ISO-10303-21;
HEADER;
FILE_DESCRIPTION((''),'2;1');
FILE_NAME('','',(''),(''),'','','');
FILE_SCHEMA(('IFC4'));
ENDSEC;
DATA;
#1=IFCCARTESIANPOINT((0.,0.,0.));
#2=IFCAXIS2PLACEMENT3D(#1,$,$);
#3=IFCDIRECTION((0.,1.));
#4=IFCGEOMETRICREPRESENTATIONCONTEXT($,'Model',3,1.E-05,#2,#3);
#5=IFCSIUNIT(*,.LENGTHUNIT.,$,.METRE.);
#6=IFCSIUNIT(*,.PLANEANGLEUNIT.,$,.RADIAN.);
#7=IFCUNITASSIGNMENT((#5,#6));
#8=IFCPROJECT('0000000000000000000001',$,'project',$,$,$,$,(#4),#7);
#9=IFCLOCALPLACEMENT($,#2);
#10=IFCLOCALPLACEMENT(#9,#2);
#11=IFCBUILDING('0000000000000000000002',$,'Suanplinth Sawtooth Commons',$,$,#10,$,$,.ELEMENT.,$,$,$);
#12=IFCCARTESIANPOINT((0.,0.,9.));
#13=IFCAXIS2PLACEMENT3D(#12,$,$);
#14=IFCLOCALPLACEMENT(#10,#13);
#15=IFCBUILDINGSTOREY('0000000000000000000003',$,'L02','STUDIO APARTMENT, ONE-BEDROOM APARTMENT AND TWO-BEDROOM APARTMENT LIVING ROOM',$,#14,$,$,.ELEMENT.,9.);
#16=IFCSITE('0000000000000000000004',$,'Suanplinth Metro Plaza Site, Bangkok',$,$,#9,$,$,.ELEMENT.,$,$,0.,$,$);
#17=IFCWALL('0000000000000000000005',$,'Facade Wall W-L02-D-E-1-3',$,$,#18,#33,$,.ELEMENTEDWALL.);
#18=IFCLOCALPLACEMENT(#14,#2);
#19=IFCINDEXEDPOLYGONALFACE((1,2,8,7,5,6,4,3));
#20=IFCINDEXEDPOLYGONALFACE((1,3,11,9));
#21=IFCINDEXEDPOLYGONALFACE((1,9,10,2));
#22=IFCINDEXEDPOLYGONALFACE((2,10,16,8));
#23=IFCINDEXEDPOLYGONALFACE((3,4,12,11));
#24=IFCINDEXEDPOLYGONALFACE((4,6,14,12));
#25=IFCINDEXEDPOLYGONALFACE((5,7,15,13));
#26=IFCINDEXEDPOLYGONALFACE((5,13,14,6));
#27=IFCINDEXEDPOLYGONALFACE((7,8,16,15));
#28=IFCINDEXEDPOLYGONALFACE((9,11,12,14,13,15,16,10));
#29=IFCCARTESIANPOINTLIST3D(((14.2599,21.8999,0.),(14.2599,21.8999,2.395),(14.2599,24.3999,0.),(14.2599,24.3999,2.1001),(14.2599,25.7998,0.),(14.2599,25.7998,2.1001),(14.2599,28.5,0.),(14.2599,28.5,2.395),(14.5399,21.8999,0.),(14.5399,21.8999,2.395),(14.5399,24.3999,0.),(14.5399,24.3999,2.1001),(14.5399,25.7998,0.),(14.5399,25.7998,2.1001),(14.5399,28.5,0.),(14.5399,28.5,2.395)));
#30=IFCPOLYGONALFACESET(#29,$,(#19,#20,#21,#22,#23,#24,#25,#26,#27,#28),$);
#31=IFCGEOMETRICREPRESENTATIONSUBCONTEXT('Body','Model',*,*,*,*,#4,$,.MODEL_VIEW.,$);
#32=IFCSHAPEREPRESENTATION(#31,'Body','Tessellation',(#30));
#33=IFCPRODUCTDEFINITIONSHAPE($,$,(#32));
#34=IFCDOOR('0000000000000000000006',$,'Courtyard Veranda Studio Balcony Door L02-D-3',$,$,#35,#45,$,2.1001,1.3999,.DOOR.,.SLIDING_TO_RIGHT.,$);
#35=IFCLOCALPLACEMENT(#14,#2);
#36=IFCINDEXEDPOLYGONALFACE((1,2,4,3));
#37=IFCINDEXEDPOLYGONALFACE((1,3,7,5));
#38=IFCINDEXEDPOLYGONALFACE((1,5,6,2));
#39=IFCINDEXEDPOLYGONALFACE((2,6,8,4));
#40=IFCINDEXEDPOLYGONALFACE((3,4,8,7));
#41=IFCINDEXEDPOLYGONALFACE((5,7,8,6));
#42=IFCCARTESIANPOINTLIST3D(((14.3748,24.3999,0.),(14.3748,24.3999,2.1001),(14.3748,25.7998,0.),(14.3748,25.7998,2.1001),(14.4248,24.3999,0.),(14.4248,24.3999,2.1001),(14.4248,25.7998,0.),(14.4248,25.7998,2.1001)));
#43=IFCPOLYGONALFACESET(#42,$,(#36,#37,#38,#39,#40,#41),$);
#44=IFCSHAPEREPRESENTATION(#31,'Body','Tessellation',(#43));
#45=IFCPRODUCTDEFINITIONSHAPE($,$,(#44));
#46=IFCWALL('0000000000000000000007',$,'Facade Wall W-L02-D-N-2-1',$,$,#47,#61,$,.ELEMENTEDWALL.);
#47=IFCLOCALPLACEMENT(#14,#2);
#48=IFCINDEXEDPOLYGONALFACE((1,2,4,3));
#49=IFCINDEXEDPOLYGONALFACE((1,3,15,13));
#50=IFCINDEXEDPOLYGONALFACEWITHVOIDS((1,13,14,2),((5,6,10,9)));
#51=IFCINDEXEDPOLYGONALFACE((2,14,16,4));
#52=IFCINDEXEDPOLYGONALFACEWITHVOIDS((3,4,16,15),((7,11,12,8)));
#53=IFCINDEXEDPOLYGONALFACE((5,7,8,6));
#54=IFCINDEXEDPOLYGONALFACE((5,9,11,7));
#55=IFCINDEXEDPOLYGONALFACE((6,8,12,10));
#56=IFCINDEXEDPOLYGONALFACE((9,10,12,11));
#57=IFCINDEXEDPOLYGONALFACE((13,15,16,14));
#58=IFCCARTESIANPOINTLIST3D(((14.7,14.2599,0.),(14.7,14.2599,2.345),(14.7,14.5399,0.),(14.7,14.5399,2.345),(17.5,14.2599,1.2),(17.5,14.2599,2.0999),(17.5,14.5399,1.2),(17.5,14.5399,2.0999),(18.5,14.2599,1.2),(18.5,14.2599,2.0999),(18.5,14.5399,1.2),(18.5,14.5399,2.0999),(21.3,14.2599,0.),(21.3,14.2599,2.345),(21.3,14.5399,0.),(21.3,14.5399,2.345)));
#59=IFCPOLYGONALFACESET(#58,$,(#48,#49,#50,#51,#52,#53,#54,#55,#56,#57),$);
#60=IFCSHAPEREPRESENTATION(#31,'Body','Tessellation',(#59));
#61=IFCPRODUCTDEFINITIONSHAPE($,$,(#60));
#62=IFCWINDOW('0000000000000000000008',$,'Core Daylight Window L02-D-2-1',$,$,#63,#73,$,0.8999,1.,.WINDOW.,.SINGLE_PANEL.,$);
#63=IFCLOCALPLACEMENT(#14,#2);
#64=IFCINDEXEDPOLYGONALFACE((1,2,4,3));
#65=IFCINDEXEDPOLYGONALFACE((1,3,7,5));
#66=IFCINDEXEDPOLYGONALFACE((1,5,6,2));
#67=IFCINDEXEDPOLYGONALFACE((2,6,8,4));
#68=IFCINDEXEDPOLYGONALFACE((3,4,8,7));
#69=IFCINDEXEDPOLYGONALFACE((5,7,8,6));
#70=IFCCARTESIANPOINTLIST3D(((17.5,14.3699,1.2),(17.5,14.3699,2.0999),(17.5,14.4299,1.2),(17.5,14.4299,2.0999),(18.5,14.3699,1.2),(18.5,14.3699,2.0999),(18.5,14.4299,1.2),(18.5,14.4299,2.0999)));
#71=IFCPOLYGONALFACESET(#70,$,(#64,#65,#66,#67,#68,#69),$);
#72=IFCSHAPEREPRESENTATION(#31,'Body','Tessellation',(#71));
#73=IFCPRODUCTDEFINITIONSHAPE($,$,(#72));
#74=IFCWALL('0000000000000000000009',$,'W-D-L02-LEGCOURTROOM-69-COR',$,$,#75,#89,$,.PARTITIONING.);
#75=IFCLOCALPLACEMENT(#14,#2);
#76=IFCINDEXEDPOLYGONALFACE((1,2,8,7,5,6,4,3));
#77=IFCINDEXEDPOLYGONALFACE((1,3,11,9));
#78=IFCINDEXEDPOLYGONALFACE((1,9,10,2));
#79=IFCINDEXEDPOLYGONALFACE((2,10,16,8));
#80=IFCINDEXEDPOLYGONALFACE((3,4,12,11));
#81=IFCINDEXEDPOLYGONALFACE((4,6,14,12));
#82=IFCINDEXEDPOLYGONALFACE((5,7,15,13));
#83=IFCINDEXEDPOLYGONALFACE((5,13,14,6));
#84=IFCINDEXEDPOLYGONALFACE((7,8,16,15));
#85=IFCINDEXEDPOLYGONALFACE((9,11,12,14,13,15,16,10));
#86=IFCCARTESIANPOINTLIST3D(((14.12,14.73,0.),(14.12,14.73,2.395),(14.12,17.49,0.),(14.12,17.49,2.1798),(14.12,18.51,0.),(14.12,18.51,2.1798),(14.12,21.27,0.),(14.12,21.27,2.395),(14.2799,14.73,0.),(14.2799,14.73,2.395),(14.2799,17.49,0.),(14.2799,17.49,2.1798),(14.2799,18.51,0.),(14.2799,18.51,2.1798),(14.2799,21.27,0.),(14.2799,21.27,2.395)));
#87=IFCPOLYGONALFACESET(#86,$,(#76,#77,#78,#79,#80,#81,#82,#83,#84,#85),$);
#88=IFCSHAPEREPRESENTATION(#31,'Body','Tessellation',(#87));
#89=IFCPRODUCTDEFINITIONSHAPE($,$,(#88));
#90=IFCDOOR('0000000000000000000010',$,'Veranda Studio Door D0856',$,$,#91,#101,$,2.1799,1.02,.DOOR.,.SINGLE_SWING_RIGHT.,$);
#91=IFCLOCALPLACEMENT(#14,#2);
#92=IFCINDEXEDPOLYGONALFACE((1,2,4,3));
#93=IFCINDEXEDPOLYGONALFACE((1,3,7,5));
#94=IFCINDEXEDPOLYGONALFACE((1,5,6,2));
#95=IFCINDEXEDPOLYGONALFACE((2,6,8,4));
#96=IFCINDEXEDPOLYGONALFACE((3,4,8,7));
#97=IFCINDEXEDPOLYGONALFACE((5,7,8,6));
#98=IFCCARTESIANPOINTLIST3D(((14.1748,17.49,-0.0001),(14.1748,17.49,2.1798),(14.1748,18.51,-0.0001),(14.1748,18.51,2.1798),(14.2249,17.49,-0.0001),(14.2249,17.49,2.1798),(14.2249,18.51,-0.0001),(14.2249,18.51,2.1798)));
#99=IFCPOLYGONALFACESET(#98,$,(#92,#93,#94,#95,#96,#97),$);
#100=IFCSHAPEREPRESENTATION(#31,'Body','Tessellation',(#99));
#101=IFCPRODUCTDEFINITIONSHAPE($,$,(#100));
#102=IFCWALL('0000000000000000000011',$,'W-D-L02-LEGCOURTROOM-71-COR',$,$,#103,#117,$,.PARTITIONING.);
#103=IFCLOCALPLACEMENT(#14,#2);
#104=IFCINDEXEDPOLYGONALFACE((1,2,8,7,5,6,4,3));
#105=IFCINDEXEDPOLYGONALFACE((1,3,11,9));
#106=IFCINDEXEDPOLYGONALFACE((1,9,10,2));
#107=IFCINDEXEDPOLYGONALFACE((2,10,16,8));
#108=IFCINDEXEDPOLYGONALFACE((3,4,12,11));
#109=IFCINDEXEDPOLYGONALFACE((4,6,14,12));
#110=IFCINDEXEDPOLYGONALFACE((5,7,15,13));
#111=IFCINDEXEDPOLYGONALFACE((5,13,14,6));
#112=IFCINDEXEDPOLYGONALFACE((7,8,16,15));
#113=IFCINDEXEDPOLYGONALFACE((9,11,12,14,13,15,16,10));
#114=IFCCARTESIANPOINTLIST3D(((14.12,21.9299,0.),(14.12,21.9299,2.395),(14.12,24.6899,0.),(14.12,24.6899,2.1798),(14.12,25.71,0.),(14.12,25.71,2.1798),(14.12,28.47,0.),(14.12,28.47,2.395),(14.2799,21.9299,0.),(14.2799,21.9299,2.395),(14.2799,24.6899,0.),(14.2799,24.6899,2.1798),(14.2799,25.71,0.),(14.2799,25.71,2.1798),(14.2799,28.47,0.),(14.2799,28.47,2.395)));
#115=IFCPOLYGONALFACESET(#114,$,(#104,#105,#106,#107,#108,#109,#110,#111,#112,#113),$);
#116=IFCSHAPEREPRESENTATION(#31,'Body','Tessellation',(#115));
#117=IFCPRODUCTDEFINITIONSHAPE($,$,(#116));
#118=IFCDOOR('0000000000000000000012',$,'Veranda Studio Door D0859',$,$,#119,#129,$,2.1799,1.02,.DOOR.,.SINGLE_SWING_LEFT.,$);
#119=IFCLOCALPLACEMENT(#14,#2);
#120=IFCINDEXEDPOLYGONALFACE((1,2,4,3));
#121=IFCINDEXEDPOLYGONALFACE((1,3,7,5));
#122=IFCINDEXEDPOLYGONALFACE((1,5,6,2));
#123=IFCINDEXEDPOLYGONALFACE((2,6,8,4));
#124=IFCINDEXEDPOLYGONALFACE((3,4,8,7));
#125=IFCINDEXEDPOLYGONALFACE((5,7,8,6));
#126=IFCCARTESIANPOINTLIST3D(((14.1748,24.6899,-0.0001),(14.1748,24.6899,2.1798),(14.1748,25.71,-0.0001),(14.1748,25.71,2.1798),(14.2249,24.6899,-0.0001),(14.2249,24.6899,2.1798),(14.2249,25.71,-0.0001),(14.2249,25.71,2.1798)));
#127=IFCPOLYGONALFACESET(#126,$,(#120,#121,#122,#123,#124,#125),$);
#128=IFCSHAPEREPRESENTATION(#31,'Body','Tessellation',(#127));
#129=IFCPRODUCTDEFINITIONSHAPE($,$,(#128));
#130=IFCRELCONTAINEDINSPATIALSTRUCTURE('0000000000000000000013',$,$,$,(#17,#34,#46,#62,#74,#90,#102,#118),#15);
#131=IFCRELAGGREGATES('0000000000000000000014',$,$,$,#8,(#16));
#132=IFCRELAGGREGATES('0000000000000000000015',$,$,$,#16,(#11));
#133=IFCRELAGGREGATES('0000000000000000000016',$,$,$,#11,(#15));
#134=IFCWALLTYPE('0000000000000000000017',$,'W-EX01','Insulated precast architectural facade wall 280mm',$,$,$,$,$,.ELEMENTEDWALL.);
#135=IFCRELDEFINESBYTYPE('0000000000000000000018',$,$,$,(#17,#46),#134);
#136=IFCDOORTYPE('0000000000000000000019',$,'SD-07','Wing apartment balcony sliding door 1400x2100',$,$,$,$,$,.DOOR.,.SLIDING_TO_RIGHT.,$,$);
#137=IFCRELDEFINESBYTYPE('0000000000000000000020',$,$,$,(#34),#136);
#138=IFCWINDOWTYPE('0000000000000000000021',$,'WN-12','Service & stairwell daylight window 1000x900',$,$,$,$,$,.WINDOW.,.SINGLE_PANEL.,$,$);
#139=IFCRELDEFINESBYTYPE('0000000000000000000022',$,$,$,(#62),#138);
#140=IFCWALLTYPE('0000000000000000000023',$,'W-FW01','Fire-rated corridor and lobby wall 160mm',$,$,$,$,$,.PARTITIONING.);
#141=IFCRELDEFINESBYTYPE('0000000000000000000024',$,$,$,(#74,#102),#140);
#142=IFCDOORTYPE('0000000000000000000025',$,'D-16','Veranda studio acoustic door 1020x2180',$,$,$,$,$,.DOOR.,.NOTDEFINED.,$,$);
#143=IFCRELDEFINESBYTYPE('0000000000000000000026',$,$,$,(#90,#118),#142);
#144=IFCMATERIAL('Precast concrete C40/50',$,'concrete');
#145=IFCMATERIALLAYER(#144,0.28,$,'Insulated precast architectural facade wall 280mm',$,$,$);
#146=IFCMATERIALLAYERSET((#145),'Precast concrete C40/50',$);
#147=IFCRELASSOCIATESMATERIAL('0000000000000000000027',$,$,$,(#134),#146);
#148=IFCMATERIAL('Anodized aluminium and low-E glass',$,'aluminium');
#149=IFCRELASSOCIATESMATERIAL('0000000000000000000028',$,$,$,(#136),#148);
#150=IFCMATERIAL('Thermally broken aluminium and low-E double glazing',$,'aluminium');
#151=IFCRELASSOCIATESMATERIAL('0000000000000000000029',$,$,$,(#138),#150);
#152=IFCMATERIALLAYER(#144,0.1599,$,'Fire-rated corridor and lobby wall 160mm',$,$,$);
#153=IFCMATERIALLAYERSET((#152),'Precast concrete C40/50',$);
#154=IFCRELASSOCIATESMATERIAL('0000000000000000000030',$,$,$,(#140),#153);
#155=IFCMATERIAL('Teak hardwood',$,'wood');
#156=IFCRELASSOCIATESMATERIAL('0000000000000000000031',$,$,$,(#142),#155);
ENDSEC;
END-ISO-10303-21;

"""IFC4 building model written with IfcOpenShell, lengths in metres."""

from ifc_helpers import new_model, si_unit, direction, frame, frame_2d, origin, place, context, subcontext, project, spatial, rectangle, extrude, material, layer, layer_set, type_object, element, fill, save


model = new_model("IFC4")

# Units and contexts
model_context = context("Model", 3, precision=1e-05, world=origin(), true_north=direction((0.0, 1.0)))
body_context = subcontext(model_context, "Body", "Model", "MODEL_VIEW")
ifc_project = project(units=[si_unit("LENGTHUNIT", "METRE"), si_unit("PLANEANGLEUNIT", "RADIAN")], contexts=[model_context])

# Site, building, storey
site_placement = place(None, origin())
site = spatial("IfcSite", under=ifc_project, at=site_placement, Name="Suanplinth Metro Plaza Site, Bangkok", CompositionType="ELEMENT", RefElevation=0.0)
building_placement = place(site_placement, origin())
building = spatial("IfcBuilding", under=site, at=building_placement, Name="Suanplinth Sawtooth Commons", CompositionType="ELEMENT")
storey_placement = place(building_placement, frame((0.0, 0.0, 9.0)))
storey = spatial("IfcBuildingStorey", under=building, at=storey_placement, Name="L02", Description="STUDIO APARTMENT, ONE-BEDROOM APARTMENT AND TWO-BEDROOM APARTMENT LIVING ROOM", CompositionType="ELEMENT", Elevation=9.0)

# Shared definitions
ifc_material_1 = material(Name="Precast concrete C40/50", Category="concrete")

# Wall, opening, door
ifc_layer_1 = layer(ifc_material_1, 0.28, Name="Insulated precast architectural facade wall 280mm")
ifc_layer_set_1 = layer_set([ifc_layer_1], Name="Precast concrete C40/50")
wall_type_1 = type_object("IfcWallType", Name="W-EX01", Description="Insulated precast architectural facade wall 280mm", PredefinedType="ELEMENTEDWALL", material=ifc_layer_set_1)
ifc_material_2 = material(Name="Anodized aluminium and low-E glass", Category="aluminium")
door_type_1 = type_object("IfcDoorType", Name="SD-07", Description="Wing apartment balcony sliding door 1400x2100", OperationType="SLIDING_TO_RIGHT", PredefinedType="DOOR", material=ifc_material_2)
wall_1_placement = place(storey_placement, frame((14.3999, 21.8999, 0.0), z_axis=(0.0, 0.0, 1.0), x_axis=(0.0, 1.0, 0.0)))
wall_1 = element("IfcWall", 1, at=wall_1_placement, inside=storey, type_object=wall_type_1, Name="Facade Wall W-L02-D-E-1-3", PredefinedType="ELEMENTEDWALL", context=body_context, shape_type="SweptSolid", body=[
    extrude(rectangle(XDim=6.6001, YDim=0.28, at=frame_2d((3.3, 0.0))), origin(), (0.0, 0.0, 1.0), 2.395),
])
opening_1_placement = place(wall_1_placement, frame((2.5, 0.0, 0.0)))
opening_1 = element("IfcOpeningElement", 2, at=opening_1_placement, cuts=wall_1, PredefinedType="OPENING", context=body_context, shape_type="SweptSolid", body=[
    extrude(rectangle(XDim=1.3999, YDim=2.1001, at=frame_2d((0.7, 1.05))), frame((0.0, 0.1548, 0.0), z_axis=(0.0, -1.0, 0.0), x_axis=(1.0, 0.0, 0.0)), (0.0, 0.0, 1.0), 0.3098),
])
door_1_placement = place(opening_1_placement, frame((1.3999, 0.0, 0.0), z_axis=(0.0, 0.0, 1.0), x_axis=(-1.0, 0.0, 0.0)))
door_1 = element("IfcDoor", 3, at=door_1_placement, inside=storey, type_object=door_type_1, Name="Courtyard Veranda Studio Balcony Door L02-D-3", OperationType="SLIDING_TO_RIGHT", OverallHeight=2.1001, OverallWidth=1.3999, PredefinedType="DOOR", context=body_context, shape_type="SweptSolid", body=[
    extrude(rectangle(XDim=1.3999, YDim=2.1001, at=frame_2d((0.7, 1.05))), frame((0.0, 0.0249, 0.0), z_axis=(0.0, -1.0, 0.0), x_axis=(1.0, 0.0, 0.0)), (0.0, 0.0, 1.0), 0.05),
])
fill(opening_1, door_1)

# Wall, opening, window
wall_2_placement = place(storey_placement, frame((14.7, 14.3999, 0.0), z_axis=(0.0, 0.0, 1.0), x_axis=(1.0, 0.0, 0.0)))
wall_2 = element("IfcWall", 4, at=wall_2_placement, inside=storey, type_object=wall_type_1, Name="Facade Wall W-L02-D-N-2-1", PredefinedType="ELEMENTEDWALL", context=body_context, shape_type="SweptSolid", body=[
    extrude(rectangle(XDim=6.6001, YDim=0.28, at=frame_2d((3.3, 0.0))), origin(), (0.0, 0.0, 1.0), 2.345),
])
opening_2_placement = place(wall_2_placement, frame((2.8, 0.0, 1.2)))
opening_2 = element("IfcOpeningElement", 5, at=opening_2_placement, cuts=wall_2, PredefinedType="OPENING", context=body_context, shape_type="SweptSolid", body=[
    extrude(rectangle(XDim=1.0, YDim=0.8999, at=frame_2d((0.5, 0.45))), frame((0.0, 0.1548, 0.0), z_axis=(0.0, -1.0, 0.0), x_axis=(1.0, 0.0, 0.0)), (0.0, 0.0, 1.0), 0.3098),
])
ifc_material_3 = material(Name="Thermally broken aluminium and low-E double glazing", Category="aluminium")
window_type = type_object("IfcWindowType", Name="WN-12", Description="Service & stairwell daylight window 1000x900", PartitioningType="SINGLE_PANEL", PredefinedType="WINDOW", material=ifc_material_3)
window_placement = place(opening_2_placement, origin())
window = element("IfcWindow", 6, at=window_placement, inside=storey, type_object=window_type, Name="Core Daylight Window L02-D-2-1", OverallHeight=0.8999, OverallWidth=1.0, PartitioningType="SINGLE_PANEL", PredefinedType="WINDOW", context=body_context, shape_type="SweptSolid", body=[
    extrude(rectangle(XDim=1.0, YDim=0.8999, at=frame_2d((0.5, 0.45))), frame((0.0, 0.03, 0.0), z_axis=(0.0, -1.0, 0.0), x_axis=(1.0, 0.0, 0.0)), (0.0, 0.0, 1.0), 0.0601),
])
fill(opening_2, window)

# Walls, openings, doors
ifc_layer_2 = layer(ifc_material_1, 0.1599, Name="Fire-rated corridor and lobby wall 160mm")
ifc_layer_set_2 = layer_set([ifc_layer_2], Name="Precast concrete C40/50")
wall_type_2 = type_object("IfcWallType", Name="W-FW01", Description="Fire-rated corridor and lobby wall 160mm", PredefinedType="PARTITIONING", material=ifc_layer_set_2)
wall_3_placement = place(storey_placement, frame((14.2, 14.73, 0.0), z_axis=(0.0, 0.0, 1.0), x_axis=(0.0, 1.0, 0.0)))
wall_3 = element("IfcWall", 7, at=wall_3_placement, inside=storey, type_object=wall_type_2, Name="W-D-L02-LEGCOURTROOM-69-COR", PredefinedType="PARTITIONING", context=body_context, shape_type="SweptSolid", body=[
    extrude(rectangle(XDim=6.54, YDim=0.1599, at=frame_2d((3.27, 0.0))), origin(), (0.0, 0.0, 1.0), 2.395),
])
opening_3_placement = place(wall_3_placement, frame((2.76, 0.0, 0.0)))
opening_3 = element("IfcOpeningElement", 8, at=opening_3_placement, cuts=wall_3, PredefinedType="OPENING", context=body_context, shape_type="SweptSolid", body=[
    extrude(rectangle(XDim=1.02, YDim=2.1799, at=frame_2d((0.51, 1.0898))), frame((0.0, 0.0947, 0.0), z_axis=(0.0, -1.0, 0.0), x_axis=(1.0, 0.0, 0.0)), (0.0, 0.0, 1.0), 0.1897),
])
ifc_material_4 = material(Name="Teak hardwood", Category="wood")
door_type_2 = type_object("IfcDoorType", Name="D-16", Description="Veranda studio acoustic door 1020x2180", OperationType="NOTDEFINED", PredefinedType="DOOR", material=ifc_material_4)
door_2_placement = place(opening_3_placement, frame((1.02, 0.0, 0.0), z_axis=(0.0, 0.0, 1.0), x_axis=(-1.0, 0.0, 0.0)))
door_2 = element("IfcDoor", 9, at=door_2_placement, inside=storey, type_object=door_type_2, Name="Veranda Studio Door D0856", OperationType="SINGLE_SWING_RIGHT", OverallHeight=2.1799, OverallWidth=1.02, PredefinedType="DOOR", context=body_context, shape_type="SweptSolid", body=[
    extrude(rectangle(XDim=1.02, YDim=2.1799, at=frame_2d((0.51, 1.0898))), frame((0.0, 0.0249, 0.0), z_axis=(0.0, -1.0, 0.0), x_axis=(1.0, 0.0, 0.0)), (0.0, 0.0, 1.0), 0.05),
])
fill(opening_3, door_2)
wall_4_placement = place(storey_placement, frame((14.2, 21.9299, 0.0), z_axis=(0.0, 0.0, 1.0), x_axis=(0.0, 1.0, 0.0)))
wall_4 = element("IfcWall", 10, at=wall_4_placement, inside=storey, type_object=wall_type_2, Name="W-D-L02-LEGCOURTROOM-71-COR", PredefinedType="PARTITIONING", context=body_context, shape_type="SweptSolid", body=[
    extrude(rectangle(XDim=6.54, YDim=0.1599, at=frame_2d((3.27, 0.0))), origin(), (0.0, 0.0, 1.0), 2.395),
])
opening_4_placement = place(wall_4_placement, frame((2.76, 0.0, 0.0)))
opening_4 = element("IfcOpeningElement", 11, at=opening_4_placement, cuts=wall_4, PredefinedType="OPENING", context=body_context, shape_type="SweptSolid", body=[
    extrude(rectangle(XDim=1.02, YDim=2.1799, at=frame_2d((0.51, 1.0898))), frame((0.0, 0.0947, 0.0), z_axis=(0.0, -1.0, 0.0), x_axis=(1.0, 0.0, 0.0)), (0.0, 0.0, 1.0), 0.1897),
])
door_3_placement = place(opening_4_placement, frame((1.02, 0.0, 0.0), z_axis=(0.0, 0.0, 1.0), x_axis=(-1.0, 0.0, 0.0)))
door_3 = element("IfcDoor", 12, at=door_3_placement, inside=storey, type_object=door_type_2, Name="Veranda Studio Door D0859", OperationType="SINGLE_SWING_LEFT", OverallHeight=2.1799, OverallWidth=1.02, PredefinedType="DOOR", context=body_context, shape_type="SweptSolid", body=[
    extrude(rectangle(XDim=1.02, YDim=2.1799, at=frame_2d((0.51, 1.0898))), frame((0.0, 0.0249, 0.0), z_axis=(0.0, -1.0, 0.0), x_axis=(1.0, 0.0, 0.0)), (0.0, 0.0, 1.0), 0.05),
])
fill(opening_4, door_3)

save(model, "model.ifc")
